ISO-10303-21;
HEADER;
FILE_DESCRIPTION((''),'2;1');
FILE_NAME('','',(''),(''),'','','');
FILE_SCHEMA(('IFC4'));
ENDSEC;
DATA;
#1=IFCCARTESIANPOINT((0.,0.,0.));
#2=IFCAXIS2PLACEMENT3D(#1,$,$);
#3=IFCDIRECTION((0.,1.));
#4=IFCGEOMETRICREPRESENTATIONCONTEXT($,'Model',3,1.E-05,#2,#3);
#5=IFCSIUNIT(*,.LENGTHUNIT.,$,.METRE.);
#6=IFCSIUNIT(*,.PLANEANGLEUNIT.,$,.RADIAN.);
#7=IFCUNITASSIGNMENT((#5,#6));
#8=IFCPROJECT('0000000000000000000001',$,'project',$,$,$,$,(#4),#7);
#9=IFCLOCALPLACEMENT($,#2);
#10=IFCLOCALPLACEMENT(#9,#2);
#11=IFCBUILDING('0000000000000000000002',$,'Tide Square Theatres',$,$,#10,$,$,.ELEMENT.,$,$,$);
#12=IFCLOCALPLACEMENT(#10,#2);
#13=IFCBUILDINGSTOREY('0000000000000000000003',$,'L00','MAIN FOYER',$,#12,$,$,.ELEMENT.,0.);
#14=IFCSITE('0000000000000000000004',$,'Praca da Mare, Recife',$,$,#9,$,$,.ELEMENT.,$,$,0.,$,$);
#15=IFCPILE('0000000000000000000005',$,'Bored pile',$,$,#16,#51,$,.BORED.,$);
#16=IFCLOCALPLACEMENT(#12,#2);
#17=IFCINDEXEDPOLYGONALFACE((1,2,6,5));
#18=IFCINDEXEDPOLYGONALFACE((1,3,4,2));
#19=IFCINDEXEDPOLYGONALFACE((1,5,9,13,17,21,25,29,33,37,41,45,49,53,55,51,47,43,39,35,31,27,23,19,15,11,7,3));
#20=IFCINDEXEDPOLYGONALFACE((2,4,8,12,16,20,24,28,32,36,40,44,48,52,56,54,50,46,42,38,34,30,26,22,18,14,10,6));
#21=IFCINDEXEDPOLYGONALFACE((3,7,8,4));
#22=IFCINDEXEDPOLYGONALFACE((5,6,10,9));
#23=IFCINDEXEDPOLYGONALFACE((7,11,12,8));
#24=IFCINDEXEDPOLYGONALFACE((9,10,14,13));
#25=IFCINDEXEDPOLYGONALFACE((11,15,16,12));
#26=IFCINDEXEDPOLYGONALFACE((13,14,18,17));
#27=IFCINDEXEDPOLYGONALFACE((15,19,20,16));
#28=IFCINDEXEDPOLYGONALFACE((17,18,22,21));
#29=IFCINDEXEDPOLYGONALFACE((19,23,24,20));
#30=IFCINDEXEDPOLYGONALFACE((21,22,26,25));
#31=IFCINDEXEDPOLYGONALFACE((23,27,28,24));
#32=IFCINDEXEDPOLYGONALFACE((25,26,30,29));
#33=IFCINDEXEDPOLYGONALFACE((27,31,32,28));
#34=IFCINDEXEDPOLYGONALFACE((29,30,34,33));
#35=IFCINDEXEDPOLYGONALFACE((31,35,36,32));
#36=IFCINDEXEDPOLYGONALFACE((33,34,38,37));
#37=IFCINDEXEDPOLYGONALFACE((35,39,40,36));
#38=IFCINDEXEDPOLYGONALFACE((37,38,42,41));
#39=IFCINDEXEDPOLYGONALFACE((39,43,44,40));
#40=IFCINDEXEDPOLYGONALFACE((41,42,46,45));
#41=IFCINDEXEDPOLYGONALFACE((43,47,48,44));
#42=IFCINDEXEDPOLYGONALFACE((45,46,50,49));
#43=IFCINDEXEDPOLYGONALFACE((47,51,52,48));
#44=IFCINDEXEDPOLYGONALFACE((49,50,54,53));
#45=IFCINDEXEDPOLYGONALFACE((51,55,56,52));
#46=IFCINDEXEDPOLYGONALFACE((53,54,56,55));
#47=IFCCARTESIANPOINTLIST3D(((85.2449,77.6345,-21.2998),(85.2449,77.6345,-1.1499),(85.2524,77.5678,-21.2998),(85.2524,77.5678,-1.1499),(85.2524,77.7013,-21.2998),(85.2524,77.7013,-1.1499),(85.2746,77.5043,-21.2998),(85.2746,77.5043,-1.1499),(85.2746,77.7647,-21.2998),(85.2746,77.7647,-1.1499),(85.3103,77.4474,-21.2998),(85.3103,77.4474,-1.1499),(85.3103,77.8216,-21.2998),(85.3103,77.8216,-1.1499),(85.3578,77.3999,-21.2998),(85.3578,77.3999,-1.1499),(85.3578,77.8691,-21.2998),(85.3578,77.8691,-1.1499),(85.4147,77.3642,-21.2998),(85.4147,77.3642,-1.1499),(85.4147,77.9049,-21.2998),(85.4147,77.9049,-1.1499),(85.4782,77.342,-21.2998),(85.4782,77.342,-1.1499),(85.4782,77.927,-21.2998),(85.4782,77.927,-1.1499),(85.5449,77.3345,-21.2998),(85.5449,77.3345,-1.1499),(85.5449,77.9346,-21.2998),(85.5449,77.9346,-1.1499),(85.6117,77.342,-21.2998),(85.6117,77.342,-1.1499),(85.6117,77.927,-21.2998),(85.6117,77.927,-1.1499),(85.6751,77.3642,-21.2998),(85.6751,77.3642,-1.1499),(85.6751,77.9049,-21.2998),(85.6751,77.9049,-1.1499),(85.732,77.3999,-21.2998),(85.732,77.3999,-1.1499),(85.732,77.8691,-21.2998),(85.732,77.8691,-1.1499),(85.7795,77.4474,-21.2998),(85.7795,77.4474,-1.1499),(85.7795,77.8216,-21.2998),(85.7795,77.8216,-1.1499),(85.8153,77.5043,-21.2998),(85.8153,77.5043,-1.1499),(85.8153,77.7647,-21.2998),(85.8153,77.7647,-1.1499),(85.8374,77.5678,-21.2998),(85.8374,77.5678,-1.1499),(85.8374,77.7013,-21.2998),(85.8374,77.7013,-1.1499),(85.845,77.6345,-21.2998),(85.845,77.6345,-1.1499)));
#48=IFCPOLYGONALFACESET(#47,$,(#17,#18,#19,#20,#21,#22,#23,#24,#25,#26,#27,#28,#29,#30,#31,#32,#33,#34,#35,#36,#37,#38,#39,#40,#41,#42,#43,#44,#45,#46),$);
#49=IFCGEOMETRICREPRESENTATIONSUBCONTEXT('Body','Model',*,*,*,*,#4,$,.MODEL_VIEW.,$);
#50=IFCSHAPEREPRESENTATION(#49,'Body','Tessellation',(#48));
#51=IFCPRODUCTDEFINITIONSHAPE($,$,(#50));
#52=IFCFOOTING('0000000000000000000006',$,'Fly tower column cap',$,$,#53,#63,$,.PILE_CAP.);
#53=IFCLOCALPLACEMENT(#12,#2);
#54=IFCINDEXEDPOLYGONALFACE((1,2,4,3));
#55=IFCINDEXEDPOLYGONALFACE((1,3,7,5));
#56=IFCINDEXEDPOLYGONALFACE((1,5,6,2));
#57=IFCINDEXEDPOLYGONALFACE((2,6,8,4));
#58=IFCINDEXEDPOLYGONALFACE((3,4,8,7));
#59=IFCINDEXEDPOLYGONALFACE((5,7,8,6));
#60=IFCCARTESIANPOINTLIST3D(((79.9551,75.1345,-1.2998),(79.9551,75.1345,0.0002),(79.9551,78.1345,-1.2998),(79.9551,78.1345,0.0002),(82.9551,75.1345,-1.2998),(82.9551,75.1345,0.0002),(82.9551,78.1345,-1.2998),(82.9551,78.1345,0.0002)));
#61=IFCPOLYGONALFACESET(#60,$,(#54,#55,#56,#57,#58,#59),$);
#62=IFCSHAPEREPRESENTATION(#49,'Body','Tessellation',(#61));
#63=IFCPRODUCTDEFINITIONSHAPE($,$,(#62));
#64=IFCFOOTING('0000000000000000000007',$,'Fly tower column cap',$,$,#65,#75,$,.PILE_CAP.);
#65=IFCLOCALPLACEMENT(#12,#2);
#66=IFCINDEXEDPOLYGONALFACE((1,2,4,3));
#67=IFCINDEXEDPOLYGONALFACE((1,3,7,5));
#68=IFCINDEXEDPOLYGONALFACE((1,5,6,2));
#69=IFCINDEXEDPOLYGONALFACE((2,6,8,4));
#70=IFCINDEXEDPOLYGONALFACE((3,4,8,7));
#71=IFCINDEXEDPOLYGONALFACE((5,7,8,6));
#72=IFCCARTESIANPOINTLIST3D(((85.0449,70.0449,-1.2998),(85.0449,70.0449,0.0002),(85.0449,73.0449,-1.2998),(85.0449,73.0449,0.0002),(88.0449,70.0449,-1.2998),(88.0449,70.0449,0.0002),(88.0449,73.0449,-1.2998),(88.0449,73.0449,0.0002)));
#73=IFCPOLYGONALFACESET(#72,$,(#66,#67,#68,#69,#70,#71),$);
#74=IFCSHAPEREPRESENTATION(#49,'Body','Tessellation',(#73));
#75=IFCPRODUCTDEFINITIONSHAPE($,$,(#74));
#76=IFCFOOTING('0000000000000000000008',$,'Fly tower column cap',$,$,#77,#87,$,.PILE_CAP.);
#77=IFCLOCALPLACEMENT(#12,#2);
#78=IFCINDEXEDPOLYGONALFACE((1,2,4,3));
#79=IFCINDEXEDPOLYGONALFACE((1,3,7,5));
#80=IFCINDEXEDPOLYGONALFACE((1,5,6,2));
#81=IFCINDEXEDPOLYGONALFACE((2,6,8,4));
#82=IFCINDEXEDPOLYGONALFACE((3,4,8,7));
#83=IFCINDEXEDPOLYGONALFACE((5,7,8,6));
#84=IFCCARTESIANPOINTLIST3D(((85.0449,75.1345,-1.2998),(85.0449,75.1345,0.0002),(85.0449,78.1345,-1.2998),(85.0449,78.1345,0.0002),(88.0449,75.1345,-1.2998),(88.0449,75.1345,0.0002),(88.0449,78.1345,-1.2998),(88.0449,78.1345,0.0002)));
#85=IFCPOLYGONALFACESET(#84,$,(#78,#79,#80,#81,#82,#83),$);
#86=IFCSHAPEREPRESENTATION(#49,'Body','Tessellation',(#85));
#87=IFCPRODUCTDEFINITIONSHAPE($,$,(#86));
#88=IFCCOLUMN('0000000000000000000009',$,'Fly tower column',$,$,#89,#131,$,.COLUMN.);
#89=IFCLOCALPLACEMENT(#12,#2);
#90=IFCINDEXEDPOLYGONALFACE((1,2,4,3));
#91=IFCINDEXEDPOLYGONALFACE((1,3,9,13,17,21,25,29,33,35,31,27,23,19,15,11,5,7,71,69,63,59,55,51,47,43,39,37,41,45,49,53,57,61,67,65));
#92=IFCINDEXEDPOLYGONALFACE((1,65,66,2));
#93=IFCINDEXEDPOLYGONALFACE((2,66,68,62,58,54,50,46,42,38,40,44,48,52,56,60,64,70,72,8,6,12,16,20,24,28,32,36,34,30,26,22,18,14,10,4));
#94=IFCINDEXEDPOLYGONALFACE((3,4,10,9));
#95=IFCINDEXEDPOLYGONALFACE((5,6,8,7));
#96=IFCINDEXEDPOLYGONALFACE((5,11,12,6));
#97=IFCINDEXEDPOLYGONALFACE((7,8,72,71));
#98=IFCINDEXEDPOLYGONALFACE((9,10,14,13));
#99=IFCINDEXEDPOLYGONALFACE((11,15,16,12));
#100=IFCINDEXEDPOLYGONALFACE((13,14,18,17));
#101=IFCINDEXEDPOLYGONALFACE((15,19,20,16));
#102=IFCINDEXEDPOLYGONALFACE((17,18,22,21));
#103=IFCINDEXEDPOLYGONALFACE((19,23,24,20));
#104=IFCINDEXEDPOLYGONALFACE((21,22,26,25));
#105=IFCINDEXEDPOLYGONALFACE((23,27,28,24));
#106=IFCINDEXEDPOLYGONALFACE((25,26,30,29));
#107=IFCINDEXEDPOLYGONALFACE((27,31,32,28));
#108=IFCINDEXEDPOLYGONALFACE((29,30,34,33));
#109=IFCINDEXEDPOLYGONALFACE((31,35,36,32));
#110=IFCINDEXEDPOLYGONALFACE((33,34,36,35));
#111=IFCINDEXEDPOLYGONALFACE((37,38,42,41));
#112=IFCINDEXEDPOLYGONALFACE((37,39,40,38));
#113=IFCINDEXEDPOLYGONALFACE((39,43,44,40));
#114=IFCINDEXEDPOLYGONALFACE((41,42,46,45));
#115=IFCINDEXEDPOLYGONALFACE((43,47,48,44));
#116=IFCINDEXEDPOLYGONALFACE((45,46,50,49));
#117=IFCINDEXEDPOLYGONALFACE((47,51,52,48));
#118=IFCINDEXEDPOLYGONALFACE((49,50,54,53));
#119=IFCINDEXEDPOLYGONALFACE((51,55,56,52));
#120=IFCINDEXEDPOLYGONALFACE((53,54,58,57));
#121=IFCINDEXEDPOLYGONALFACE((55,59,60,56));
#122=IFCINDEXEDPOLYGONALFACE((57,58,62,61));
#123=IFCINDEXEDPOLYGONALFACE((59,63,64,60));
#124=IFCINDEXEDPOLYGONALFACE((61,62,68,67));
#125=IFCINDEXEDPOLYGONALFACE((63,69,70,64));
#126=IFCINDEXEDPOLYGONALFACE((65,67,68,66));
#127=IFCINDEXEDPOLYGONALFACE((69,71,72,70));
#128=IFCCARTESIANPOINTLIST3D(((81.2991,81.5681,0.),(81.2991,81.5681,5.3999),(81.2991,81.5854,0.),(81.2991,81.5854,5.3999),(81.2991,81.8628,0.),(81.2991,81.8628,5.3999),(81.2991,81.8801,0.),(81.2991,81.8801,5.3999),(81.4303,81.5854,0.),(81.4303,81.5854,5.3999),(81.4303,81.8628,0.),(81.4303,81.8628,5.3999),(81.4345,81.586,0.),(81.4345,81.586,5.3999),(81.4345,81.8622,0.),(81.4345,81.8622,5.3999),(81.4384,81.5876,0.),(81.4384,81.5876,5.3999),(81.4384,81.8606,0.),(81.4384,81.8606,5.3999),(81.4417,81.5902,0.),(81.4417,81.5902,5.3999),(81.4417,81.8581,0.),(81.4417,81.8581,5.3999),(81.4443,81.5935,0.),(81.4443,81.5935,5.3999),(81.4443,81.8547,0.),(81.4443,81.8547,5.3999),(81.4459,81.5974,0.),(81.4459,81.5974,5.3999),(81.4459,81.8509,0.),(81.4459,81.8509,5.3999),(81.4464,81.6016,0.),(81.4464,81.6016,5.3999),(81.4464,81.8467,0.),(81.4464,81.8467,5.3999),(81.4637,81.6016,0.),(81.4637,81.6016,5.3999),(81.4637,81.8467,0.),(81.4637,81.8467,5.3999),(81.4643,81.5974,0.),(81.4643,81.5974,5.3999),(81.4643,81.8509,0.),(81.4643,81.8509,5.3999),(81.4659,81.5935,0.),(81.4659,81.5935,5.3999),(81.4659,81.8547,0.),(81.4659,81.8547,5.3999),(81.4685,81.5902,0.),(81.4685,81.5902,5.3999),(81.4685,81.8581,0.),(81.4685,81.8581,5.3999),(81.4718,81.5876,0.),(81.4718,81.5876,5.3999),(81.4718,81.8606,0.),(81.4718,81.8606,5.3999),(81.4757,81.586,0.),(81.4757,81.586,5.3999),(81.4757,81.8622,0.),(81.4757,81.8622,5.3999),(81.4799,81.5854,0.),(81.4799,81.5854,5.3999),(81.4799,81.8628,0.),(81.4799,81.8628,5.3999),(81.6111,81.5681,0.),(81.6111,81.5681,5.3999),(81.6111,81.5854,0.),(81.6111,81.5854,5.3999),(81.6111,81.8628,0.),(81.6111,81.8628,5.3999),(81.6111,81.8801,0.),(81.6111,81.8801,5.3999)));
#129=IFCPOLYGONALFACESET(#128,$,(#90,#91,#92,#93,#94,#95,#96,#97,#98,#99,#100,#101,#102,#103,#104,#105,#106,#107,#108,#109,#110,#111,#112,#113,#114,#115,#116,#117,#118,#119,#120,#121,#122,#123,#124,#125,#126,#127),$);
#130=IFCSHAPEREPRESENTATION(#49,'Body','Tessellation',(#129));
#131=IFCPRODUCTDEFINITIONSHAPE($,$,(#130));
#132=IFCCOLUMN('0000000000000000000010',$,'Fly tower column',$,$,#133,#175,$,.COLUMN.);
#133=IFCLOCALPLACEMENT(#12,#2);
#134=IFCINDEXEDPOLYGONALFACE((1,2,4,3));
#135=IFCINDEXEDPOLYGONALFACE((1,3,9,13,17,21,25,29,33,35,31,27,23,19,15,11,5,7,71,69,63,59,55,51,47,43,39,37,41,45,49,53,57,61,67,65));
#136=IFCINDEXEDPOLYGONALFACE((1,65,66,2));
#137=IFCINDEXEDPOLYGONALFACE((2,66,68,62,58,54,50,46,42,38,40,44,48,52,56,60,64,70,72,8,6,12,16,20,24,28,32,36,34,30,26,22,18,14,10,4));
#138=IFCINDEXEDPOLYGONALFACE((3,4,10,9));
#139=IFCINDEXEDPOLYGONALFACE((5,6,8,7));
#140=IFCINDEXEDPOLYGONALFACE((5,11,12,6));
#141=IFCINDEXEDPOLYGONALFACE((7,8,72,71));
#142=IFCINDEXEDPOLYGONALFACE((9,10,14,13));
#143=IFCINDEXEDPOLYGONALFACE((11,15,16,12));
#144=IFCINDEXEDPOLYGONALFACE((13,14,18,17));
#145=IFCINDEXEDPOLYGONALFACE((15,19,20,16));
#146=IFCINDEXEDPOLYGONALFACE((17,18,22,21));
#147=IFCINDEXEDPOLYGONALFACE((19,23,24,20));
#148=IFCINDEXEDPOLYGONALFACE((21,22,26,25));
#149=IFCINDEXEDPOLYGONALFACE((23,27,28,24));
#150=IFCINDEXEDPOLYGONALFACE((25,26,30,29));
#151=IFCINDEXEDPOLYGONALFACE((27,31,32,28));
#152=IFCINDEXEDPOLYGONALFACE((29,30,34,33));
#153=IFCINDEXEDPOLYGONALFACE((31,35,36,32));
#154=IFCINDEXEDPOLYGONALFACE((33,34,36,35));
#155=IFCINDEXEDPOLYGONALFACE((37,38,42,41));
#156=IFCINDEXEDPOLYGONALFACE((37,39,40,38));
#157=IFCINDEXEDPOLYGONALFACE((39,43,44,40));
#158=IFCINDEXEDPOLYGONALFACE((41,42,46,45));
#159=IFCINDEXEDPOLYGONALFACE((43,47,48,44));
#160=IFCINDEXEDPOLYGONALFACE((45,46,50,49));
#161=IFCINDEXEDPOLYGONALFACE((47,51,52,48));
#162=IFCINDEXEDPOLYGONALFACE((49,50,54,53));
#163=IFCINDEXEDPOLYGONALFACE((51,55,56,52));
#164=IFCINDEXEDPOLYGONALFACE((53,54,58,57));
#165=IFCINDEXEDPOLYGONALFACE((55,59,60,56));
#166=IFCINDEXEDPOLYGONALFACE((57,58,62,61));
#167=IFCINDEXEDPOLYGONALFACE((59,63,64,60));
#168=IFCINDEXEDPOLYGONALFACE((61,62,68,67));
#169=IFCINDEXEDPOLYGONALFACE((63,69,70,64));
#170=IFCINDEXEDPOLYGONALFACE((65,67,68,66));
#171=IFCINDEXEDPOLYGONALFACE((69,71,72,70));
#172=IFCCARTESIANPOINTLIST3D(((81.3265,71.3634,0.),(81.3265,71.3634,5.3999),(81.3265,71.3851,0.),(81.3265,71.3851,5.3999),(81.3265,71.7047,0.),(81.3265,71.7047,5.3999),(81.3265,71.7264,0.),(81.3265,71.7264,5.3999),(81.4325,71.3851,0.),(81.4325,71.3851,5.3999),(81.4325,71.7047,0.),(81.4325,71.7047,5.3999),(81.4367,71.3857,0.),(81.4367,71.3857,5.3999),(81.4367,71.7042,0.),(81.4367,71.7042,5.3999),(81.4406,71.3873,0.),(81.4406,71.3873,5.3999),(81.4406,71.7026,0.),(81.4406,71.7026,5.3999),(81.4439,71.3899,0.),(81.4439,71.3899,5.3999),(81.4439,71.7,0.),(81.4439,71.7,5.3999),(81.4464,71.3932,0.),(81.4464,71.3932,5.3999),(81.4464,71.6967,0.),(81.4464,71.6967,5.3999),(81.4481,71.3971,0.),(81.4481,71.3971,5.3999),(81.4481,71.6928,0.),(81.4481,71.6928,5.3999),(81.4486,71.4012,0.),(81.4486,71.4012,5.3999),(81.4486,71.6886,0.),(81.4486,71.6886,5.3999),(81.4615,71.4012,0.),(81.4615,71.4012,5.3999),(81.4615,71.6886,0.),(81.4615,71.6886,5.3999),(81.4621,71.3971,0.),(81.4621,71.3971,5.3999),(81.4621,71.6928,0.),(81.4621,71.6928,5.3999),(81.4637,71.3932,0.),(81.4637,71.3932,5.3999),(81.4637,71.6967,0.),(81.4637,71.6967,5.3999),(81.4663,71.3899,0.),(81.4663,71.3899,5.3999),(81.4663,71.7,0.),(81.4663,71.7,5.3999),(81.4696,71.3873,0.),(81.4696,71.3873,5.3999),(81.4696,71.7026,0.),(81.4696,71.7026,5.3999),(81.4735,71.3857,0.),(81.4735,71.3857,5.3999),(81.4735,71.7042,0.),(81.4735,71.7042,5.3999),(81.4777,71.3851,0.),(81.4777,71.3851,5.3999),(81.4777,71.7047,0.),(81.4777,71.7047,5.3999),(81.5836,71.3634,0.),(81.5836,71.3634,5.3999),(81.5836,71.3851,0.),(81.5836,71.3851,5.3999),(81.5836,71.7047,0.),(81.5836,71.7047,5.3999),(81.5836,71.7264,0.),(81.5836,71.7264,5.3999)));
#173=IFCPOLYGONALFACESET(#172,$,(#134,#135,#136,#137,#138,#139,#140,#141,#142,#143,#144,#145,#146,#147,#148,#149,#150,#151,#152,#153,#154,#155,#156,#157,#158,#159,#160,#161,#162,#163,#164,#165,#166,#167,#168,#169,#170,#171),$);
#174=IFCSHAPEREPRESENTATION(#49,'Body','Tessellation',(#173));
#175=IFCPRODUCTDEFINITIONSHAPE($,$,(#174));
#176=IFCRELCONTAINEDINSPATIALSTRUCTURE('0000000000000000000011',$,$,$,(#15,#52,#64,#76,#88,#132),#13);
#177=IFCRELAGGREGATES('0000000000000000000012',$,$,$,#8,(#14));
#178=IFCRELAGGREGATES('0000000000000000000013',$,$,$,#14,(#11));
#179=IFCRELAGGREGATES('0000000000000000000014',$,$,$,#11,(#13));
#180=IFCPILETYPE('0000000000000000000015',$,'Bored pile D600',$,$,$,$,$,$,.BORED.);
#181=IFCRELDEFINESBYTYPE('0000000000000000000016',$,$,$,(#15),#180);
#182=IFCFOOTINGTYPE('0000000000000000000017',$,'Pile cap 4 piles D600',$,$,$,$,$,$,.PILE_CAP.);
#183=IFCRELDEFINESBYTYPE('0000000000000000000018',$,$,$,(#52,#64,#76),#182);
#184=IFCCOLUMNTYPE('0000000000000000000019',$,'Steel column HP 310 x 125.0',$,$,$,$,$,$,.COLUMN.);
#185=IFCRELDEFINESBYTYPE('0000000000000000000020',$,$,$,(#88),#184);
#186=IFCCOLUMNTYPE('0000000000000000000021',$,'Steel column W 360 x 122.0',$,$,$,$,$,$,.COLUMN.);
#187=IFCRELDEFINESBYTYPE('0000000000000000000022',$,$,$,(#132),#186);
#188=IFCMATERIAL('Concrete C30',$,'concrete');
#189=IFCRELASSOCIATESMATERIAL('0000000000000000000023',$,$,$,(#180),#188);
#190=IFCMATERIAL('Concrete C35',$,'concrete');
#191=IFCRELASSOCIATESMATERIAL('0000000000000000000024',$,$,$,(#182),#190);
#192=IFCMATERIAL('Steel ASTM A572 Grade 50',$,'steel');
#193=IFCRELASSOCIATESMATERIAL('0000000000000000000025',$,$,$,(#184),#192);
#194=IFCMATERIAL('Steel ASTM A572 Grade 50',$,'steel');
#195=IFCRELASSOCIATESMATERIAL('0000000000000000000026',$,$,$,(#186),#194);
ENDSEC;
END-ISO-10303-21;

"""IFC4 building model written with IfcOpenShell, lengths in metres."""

from ifc_helpers import new_model, si_unit, direction, frame, origin, origin_2d, place, context, subcontext, project, spatial, rectangle, circle, i_section, extrude, material, material_profile, profile_set, type_object, element, save


model = new_model("IFC4")

# Units and contexts
model_context = context("Model", 3, precision=1e-05, world=origin(), true_north=direction((0.0, 1.0)))
body_context = subcontext(model_context, "Body", "Model", "MODEL_VIEW")
ifc_project = project(units=[si_unit("LENGTHUNIT", "METRE"), si_unit("PLANEANGLEUNIT", "RADIAN")], contexts=[model_context])

# Site, building, storey
site_placement = place(None, origin())
site = spatial("IfcSite", under=ifc_project, at=site_placement, Name="Praca da Mare, Recife", CompositionType="ELEMENT", RefElevation=0.0)
building_placement = place(site_placement, origin())
building = spatial("IfcBuilding", under=site, at=building_placement, Name="Tide Square Theatres", CompositionType="ELEMENT")
storey_placement = place(building_placement, origin())
storey = spatial("IfcBuildingStorey", under=building, at=storey_placement, Name="L00", Description="MAIN FOYER", CompositionType="ELEMENT", Elevation=0.0)

# Pile
ifc_material_1 = material(Name="Concrete C30", Category="concrete")
ifc_material_profile_1 = material_profile(ifc_material_1, circle(Radius=0.3, at=origin_2d()))
ifc_profile_set_1 = profile_set([ifc_material_profile_1], Name="Concrete C30")
pile_type = type_object("IfcPileType", Name="Bored pile D600", PredefinedType="BORED", material=ifc_profile_set_1)
for number, where, z_axis, x_axis, name in (
    (1, (85.5449, 77.6345, -1.1499), (0.0, 0.0, -1.0), (1.0, 0.0, 0.0), "Bored pile"),
):
    element("IfcPile", number, at=place(storey_placement, frame(where, z_axis=z_axis, x_axis=x_axis)), inside=storey, type_object=pile_type, Name=name, PredefinedType="BORED", context=body_context, shape_type="SweptSolid", body=[
        extrude(circle(Radius=0.3, at=origin_2d()), origin(), (0.0, 0.0, 1.0), 20.1499),
    ])

# Footings
ifc_material_2 = material(Name="Concrete C35", Category="concrete")
footing_type = type_object("IfcFootingType", Name="Pile cap 4 piles D600", PredefinedType="PILE_CAP", material=ifc_material_2)
for number, where, z_axis, x_axis, name in (
    (2, (81.4551, 76.6345, -1.2998), (0.0, 0.0, 1.0), (1.0, 0.0, 0.0), "Fly tower column cap"),
    (3, (86.5449, 71.5449, -1.2998), (0.0, 0.0, 1.0), (1.0, 0.0, 0.0), "Fly tower column cap"),
    (4, (86.5449, 76.6345, -1.2998), (0.0, 0.0, 1.0), (1.0, 0.0, 0.0), "Fly tower column cap"),
):
    element("IfcFooting", number, at=place(storey_placement, frame(where, z_axis=z_axis, x_axis=x_axis)), inside=storey, type_object=footing_type, Name=name, PredefinedType="PILE_CAP", context=body_context, shape_type="SweptSolid", body=[
        extrude(rectangle(XDim=3.0, YDim=3.0, at=origin_2d()), origin(), (0.0, 0.0, 1.0), 1.3),
    ])

# Columns
ifc_material_3 = material(Name="Steel ASTM A572 Grade 50", Category="steel")
ifc_material_profile_2 = material_profile(ifc_material_3, i_section(OverallWidth=0.312, OverallDepth=0.312, WebThickness=0.0173, FlangeThickness=0.0173, FilletRadius=0.0161, at=origin_2d()))
ifc_profile_set_2 = profile_set([ifc_material_profile_2], Name="Steel ASTM A572 Grade 50")
column_type_1 = type_object("IfcColumnType", Name="Steel column HP 310 x 125.0", PredefinedType="COLUMN", material=ifc_profile_set_2)
column_placement = place(storey_placement, frame((81.4551, 81.7241, 0.0), z_axis=(0.0, 0.0, 1.0), x_axis=(1.0, 0.0, 0.0)))
element("IfcColumn", 5, at=column_placement, inside=storey, type_object=column_type_1, Name="Fly tower column", PredefinedType="COLUMN", context=body_context, shape_type="SweptSolid", body=[
    extrude(i_section(OverallWidth=0.312, OverallDepth=0.312, WebThickness=0.0173, FlangeThickness=0.0173, FilletRadius=0.0161, at=origin_2d()), origin(), (0.0, 0.0, 1.0), 5.3999),
])
ifc_material_4 = material(Name="Steel ASTM A572 Grade 50", Category="steel")
ifc_material_profile_3 = material_profile(ifc_material_4, i_section(OverallWidth=0.2571, OverallDepth=0.363, WebThickness=0.0129, FlangeThickness=0.0217, FilletRadius=0.0161, at=origin_2d()))
ifc_profile_set_3 = profile_set([ifc_material_profile_3], Name="Steel ASTM A572 Grade 50")
column_type_2 = type_object("IfcColumnType", Name="Steel column W 360 x 122.0", PredefinedType="COLUMN", material=ifc_profile_set_3)
for number, where, z_axis, x_axis, name in (
    (6, (81.4551, 71.5449, 0.0), (0.0, 0.0, 1.0), (1.0, 0.0, 0.0), "Fly tower column"),
):
    element("IfcColumn", number, at=place(storey_placement, frame(where, z_axis=z_axis, x_axis=x_axis)), inside=storey, type_object=column_type_2, Name=name, PredefinedType="COLUMN", context=body_context, shape_type="SweptSolid", body=[
        extrude(i_section(OverallWidth=0.2571, OverallDepth=0.363, WebThickness=0.0129, FlangeThickness=0.0217, FilletRadius=0.0161, at=origin_2d()), origin(), (0.0, 0.0, 1.0), 5.3999),
    ])

save(model, "model.ifc")
